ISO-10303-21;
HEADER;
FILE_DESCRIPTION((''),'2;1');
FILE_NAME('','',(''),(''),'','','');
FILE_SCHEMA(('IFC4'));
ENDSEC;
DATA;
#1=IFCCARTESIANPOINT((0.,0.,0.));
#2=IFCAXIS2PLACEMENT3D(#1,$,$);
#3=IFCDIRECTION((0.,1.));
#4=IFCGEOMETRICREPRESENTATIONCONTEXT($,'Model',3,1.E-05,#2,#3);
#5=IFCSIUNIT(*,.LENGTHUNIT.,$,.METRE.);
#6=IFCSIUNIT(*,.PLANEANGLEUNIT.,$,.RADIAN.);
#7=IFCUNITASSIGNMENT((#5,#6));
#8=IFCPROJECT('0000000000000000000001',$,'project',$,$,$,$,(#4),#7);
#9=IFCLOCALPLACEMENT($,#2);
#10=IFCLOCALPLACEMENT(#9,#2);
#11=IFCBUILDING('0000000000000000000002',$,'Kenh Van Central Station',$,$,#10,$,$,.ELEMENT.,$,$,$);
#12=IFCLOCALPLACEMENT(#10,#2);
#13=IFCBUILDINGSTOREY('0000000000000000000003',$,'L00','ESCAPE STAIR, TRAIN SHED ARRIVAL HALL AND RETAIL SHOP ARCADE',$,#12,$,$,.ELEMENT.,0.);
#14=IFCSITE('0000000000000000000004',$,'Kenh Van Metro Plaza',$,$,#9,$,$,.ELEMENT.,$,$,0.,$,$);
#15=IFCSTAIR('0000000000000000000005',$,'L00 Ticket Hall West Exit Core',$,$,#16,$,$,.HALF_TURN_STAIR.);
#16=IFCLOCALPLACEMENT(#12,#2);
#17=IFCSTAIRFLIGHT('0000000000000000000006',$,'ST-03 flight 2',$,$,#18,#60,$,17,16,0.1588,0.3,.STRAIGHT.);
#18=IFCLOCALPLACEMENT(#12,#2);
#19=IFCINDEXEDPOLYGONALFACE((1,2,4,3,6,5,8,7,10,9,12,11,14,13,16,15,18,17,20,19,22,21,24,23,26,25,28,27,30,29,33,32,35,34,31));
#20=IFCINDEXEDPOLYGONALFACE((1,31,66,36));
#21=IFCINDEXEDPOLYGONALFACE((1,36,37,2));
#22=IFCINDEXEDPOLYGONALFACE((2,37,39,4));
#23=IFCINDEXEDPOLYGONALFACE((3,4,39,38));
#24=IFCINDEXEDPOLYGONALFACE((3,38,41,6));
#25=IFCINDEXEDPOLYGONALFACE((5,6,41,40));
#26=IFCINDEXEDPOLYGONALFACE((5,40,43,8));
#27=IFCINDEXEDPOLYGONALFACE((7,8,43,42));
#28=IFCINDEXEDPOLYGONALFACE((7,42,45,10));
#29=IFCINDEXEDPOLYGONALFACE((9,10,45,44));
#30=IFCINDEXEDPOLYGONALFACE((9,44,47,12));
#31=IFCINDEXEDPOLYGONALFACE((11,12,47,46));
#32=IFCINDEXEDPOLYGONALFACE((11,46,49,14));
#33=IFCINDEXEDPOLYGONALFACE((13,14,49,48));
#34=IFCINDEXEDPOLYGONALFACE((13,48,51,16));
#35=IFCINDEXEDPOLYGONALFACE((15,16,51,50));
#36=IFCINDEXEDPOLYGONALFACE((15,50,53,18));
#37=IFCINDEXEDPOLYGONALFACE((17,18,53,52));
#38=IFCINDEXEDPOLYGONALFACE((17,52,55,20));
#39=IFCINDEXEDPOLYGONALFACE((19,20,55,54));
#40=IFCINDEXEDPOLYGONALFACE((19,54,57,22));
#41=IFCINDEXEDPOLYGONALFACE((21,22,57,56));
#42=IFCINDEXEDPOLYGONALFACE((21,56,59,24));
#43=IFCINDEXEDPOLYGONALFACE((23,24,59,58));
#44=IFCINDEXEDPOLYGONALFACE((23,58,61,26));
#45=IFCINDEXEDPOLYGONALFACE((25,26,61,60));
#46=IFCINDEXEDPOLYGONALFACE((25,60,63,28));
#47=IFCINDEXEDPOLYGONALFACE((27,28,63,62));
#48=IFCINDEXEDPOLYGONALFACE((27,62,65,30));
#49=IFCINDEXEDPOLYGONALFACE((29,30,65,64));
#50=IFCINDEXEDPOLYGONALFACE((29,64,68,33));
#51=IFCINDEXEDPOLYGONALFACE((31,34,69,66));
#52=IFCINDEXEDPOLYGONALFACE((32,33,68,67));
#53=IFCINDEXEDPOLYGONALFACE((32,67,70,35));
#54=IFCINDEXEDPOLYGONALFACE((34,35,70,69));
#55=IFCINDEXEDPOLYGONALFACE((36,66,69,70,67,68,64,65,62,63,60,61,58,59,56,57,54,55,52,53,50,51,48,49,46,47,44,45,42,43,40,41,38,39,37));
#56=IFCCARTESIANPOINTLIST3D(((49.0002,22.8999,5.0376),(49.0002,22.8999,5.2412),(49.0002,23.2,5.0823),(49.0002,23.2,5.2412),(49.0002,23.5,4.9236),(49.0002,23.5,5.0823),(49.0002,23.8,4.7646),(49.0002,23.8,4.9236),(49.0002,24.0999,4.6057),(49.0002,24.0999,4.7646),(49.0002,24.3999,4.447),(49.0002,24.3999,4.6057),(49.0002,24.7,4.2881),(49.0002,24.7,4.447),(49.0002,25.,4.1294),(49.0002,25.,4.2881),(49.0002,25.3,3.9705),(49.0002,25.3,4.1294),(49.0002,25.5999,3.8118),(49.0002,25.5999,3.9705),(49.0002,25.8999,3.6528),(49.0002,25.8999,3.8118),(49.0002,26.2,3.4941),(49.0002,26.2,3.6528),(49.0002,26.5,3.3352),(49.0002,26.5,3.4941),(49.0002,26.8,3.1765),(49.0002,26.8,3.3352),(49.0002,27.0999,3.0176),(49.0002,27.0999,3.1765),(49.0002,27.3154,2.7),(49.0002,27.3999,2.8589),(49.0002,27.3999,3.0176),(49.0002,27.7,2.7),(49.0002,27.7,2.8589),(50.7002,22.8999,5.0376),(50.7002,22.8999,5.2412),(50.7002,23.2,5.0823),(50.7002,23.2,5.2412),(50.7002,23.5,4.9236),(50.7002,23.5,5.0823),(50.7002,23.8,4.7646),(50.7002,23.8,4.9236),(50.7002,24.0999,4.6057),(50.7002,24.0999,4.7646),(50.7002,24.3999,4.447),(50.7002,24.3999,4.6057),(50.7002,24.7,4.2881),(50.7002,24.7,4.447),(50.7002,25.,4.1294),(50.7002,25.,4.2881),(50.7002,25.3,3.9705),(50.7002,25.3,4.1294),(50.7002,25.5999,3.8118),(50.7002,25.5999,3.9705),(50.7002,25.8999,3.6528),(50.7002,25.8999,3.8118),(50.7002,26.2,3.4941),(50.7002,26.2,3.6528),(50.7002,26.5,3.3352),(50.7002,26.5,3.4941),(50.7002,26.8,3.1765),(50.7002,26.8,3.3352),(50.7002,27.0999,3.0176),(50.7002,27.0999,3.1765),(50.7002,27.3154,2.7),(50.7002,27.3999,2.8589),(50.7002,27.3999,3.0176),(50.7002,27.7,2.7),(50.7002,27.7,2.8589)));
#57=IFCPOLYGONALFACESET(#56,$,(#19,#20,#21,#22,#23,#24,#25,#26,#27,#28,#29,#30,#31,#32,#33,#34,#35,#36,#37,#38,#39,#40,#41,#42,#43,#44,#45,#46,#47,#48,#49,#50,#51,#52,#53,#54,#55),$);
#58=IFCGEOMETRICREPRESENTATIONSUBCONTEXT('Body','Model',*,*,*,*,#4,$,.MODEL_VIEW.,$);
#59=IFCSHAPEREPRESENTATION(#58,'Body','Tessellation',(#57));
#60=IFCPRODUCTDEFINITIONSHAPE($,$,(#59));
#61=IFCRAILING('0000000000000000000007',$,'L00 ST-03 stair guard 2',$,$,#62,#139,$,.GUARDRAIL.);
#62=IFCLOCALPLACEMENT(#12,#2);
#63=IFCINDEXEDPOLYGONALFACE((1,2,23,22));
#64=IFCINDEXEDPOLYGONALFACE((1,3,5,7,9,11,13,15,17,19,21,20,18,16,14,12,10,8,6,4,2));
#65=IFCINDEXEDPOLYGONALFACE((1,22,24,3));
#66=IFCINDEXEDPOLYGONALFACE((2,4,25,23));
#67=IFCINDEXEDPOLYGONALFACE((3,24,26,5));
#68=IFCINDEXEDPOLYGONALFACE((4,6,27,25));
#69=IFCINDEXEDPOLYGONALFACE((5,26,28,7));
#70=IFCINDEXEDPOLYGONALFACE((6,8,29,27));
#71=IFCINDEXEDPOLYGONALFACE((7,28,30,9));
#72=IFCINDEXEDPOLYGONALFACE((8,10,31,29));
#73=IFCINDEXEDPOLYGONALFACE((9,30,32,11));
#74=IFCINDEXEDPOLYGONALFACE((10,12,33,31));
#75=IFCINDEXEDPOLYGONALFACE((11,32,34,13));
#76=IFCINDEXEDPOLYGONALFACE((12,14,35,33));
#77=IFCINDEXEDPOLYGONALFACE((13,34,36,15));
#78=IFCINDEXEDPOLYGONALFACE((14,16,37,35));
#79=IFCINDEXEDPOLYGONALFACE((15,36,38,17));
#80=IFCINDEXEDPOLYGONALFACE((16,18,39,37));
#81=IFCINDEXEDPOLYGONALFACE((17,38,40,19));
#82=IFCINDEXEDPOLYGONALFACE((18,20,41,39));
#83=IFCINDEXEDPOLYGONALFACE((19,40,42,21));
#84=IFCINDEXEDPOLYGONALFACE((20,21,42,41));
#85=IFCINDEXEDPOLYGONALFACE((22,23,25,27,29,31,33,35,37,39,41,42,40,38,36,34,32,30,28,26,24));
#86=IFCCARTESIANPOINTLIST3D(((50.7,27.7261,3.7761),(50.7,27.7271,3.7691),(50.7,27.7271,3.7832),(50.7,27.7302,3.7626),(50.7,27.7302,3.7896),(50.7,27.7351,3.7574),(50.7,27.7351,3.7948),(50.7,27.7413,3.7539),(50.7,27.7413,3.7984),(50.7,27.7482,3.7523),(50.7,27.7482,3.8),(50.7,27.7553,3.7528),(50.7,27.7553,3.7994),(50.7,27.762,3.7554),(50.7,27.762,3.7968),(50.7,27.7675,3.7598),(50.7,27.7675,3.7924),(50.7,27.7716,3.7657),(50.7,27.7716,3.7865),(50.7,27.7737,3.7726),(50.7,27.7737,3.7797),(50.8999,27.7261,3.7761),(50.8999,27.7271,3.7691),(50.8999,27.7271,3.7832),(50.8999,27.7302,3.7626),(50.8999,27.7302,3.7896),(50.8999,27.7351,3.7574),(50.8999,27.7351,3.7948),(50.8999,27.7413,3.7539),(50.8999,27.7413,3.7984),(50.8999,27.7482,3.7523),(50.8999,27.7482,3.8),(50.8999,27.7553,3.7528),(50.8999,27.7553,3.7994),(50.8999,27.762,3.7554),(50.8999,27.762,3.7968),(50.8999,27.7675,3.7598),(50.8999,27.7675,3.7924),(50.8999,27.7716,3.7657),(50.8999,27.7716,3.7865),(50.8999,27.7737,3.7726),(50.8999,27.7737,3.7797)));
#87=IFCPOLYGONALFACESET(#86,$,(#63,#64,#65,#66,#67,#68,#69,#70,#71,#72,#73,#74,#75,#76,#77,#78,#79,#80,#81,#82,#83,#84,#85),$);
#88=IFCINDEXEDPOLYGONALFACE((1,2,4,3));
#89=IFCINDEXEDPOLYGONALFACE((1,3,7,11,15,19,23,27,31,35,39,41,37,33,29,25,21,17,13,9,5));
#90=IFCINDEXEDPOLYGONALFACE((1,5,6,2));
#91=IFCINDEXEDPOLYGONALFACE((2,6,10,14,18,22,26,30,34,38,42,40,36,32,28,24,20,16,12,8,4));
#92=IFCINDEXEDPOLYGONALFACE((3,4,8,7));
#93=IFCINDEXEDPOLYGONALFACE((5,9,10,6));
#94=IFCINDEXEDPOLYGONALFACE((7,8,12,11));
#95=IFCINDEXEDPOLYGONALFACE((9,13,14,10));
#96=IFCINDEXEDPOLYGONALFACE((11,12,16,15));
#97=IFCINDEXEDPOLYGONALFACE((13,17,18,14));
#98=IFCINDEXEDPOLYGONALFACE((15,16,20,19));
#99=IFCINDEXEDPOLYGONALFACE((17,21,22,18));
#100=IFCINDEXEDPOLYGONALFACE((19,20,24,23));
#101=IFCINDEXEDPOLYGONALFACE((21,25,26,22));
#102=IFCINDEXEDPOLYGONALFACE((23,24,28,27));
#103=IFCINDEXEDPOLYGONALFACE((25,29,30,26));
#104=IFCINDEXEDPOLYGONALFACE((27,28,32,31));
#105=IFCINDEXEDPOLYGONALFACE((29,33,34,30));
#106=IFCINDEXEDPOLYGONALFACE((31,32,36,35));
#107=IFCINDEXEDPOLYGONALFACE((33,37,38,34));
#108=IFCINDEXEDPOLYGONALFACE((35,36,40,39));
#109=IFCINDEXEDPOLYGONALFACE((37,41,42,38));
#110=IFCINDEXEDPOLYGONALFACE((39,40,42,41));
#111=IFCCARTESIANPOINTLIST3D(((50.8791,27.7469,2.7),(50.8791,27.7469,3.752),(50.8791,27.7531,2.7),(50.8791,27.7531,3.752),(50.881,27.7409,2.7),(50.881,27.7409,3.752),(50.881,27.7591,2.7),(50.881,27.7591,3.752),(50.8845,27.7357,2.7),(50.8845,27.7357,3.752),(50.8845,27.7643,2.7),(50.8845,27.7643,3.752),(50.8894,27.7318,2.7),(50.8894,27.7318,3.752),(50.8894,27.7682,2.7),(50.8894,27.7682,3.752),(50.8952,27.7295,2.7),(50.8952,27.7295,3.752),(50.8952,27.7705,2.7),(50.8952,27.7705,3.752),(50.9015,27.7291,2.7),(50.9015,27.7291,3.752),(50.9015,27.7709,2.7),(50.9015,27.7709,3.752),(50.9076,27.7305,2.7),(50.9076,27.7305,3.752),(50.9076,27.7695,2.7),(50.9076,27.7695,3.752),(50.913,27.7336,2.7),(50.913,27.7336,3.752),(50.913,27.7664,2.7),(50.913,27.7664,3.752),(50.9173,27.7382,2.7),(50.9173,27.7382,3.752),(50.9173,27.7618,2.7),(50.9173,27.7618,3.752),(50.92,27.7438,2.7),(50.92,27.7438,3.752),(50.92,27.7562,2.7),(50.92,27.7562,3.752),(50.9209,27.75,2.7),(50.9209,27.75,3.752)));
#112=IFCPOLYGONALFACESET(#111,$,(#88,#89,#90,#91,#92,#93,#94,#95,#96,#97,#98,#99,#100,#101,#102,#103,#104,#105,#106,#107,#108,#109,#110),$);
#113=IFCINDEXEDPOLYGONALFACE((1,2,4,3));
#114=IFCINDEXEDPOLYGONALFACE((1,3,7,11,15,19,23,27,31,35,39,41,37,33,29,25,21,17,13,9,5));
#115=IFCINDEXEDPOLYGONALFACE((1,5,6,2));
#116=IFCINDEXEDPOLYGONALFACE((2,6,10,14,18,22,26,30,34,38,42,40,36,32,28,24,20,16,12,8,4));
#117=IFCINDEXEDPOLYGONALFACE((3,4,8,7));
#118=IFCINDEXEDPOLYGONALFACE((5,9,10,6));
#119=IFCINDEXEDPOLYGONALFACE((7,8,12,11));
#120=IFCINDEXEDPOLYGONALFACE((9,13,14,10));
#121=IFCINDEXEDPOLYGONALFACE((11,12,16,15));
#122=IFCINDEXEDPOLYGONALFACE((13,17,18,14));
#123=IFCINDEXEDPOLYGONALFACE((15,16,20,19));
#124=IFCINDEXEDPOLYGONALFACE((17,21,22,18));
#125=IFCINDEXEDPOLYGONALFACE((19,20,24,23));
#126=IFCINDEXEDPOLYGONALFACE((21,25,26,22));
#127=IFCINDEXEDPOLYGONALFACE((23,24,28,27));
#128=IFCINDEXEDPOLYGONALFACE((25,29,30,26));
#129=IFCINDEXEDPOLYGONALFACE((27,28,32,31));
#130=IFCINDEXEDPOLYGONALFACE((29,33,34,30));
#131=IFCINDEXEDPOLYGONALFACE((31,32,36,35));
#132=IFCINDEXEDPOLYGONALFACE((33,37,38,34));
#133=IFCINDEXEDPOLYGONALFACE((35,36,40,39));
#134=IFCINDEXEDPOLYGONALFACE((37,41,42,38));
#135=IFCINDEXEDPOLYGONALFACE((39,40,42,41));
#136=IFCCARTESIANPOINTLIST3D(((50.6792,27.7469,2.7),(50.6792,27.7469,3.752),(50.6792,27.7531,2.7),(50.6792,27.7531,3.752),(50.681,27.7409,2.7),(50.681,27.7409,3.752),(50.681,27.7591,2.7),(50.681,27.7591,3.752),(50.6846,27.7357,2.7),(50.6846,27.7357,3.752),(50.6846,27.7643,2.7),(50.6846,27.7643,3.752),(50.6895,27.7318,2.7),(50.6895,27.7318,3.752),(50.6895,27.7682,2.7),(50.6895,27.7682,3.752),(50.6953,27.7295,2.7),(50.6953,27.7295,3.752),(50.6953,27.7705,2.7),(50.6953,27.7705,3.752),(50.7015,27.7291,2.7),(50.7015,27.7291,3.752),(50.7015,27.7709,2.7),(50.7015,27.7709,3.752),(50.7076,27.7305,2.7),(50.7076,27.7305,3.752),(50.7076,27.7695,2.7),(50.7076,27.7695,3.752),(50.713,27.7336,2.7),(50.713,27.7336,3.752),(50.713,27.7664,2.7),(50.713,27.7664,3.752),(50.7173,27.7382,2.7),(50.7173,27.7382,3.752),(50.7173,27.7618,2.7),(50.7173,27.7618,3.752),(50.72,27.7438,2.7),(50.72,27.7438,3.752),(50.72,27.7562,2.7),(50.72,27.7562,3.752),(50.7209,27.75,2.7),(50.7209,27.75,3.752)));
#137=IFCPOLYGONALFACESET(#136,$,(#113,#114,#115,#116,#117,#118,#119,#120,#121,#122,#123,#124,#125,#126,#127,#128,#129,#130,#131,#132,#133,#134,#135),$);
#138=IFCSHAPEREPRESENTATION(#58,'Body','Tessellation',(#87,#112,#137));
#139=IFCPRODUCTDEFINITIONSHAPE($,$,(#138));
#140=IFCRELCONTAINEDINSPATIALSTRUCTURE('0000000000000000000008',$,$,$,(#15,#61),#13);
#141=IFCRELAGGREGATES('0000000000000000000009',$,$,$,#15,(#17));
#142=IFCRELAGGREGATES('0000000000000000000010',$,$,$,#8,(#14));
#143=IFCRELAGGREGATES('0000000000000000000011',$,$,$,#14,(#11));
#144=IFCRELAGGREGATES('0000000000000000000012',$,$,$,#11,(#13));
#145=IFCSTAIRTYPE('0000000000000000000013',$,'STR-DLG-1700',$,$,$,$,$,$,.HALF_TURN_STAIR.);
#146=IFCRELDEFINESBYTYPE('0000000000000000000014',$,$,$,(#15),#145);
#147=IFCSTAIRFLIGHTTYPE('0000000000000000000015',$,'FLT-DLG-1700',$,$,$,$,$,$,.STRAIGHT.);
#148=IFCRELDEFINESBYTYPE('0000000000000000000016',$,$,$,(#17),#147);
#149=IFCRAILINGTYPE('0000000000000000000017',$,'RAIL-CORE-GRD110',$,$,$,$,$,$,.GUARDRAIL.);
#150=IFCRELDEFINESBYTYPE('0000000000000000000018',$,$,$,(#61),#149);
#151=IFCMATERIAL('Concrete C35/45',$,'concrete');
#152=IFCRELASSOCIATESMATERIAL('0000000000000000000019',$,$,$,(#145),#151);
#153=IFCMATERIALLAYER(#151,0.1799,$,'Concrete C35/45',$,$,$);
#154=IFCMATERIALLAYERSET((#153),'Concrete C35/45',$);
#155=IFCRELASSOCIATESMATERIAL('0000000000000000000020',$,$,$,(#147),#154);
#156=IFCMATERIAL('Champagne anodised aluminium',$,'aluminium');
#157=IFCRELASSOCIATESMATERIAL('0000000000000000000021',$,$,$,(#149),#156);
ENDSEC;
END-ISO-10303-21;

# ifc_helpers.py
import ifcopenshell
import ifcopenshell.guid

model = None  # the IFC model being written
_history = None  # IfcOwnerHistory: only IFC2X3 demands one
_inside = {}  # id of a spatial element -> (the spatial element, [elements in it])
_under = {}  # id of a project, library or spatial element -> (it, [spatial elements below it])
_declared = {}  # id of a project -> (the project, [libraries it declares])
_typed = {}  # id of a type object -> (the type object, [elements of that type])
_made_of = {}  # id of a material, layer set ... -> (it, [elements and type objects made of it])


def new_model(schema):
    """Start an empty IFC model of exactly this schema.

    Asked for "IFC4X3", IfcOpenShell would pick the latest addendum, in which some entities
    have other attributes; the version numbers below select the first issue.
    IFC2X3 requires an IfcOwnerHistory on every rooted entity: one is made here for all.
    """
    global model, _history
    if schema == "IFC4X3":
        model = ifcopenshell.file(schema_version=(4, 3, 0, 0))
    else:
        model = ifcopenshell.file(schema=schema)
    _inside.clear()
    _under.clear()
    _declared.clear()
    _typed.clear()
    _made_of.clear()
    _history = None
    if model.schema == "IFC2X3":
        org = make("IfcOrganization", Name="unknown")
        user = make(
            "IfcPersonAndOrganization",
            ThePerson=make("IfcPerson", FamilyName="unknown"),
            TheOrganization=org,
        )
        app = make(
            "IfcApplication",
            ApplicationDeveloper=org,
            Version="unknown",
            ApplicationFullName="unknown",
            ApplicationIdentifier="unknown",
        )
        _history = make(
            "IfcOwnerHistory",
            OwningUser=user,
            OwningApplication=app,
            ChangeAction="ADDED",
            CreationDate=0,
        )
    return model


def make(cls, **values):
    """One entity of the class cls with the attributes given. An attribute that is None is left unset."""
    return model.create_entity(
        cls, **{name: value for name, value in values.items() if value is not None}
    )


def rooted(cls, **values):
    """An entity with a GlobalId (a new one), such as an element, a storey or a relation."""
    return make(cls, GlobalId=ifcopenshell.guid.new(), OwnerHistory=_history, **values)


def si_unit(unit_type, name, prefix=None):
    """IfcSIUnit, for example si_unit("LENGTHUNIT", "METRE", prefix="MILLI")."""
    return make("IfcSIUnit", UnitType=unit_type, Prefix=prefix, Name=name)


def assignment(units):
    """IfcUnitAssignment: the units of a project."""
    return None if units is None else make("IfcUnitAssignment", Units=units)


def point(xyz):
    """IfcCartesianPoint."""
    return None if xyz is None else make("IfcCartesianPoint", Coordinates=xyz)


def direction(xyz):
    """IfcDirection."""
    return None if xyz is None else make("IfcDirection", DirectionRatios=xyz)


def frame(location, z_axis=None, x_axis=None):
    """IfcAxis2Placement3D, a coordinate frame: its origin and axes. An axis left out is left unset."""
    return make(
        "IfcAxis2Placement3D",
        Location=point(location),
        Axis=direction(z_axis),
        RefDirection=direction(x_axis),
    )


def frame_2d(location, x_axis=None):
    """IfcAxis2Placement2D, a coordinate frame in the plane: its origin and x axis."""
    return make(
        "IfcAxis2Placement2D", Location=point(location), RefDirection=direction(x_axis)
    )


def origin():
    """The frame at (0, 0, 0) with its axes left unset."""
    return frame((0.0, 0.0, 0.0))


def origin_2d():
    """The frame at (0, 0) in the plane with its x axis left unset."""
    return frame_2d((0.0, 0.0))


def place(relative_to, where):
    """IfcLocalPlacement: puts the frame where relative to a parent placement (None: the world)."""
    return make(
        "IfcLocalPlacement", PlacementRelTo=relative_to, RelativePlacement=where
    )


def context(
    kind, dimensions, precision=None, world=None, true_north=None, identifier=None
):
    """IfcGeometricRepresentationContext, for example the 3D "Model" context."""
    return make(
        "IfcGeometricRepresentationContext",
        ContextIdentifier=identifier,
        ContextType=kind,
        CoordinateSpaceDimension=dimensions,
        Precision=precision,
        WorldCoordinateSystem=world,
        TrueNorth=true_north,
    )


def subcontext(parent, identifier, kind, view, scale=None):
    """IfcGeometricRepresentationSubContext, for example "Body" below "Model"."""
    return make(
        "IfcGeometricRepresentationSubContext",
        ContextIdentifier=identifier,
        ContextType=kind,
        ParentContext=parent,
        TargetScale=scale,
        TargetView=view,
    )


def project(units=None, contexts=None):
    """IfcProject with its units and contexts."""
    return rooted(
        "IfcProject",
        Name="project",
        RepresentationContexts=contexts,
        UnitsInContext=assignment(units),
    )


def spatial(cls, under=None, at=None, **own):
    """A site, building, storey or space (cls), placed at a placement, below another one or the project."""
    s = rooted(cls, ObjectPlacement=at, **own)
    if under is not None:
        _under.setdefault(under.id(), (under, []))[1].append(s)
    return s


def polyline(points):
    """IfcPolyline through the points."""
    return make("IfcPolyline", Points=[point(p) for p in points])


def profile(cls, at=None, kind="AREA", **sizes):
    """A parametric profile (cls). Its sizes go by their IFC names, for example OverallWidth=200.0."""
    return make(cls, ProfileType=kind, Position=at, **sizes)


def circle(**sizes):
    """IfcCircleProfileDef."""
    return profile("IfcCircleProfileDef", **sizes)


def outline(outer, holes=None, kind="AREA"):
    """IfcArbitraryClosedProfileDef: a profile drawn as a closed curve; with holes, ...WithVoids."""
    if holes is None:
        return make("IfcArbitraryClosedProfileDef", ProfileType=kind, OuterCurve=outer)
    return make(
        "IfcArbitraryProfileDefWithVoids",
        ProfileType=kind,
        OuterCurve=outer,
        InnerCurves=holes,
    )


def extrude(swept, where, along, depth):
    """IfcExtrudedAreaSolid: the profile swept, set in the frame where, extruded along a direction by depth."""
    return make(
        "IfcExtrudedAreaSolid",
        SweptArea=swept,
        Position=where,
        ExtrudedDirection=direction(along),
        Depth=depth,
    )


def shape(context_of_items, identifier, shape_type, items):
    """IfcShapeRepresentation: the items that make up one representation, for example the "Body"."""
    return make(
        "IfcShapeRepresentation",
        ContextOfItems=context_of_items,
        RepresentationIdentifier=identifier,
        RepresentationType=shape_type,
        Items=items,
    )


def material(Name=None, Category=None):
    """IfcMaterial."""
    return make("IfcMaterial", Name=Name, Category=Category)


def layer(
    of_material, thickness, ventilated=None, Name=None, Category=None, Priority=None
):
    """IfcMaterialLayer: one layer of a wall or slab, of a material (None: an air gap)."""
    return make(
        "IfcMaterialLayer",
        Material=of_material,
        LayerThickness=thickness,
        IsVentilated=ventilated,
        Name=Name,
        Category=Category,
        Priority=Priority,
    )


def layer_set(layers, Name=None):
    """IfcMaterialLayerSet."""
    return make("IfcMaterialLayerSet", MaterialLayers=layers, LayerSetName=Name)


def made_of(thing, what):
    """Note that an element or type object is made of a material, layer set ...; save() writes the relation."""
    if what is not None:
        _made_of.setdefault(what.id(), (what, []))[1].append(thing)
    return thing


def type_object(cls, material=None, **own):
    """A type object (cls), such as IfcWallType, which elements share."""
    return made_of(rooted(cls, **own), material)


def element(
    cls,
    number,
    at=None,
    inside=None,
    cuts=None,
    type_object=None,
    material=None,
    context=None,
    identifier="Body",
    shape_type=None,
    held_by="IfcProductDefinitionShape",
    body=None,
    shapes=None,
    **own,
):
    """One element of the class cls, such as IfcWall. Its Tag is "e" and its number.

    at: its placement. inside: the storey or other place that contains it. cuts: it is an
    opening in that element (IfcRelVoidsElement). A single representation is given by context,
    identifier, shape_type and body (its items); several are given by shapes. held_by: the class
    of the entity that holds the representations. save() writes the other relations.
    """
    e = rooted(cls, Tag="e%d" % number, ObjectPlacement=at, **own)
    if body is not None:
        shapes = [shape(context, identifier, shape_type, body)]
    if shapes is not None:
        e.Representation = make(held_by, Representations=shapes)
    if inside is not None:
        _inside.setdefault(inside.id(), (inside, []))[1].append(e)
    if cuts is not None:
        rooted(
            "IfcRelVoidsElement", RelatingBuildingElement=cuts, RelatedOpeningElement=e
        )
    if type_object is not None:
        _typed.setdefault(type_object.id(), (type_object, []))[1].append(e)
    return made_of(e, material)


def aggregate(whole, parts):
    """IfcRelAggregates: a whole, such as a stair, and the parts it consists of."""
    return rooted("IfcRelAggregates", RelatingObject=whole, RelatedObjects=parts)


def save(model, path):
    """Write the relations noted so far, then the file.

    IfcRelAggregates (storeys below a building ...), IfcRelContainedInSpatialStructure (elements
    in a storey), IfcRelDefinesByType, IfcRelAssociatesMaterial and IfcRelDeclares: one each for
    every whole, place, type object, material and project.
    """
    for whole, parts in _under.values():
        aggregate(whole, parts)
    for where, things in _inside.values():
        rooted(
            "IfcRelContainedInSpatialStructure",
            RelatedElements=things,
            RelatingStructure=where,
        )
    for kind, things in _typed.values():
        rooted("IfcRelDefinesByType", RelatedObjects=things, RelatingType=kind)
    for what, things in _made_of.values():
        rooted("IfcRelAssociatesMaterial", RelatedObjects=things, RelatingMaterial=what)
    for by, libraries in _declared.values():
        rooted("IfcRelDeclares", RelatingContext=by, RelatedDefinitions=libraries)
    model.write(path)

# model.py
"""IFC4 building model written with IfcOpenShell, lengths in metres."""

from ifc_helpers import new_model, si_unit, direction, frame, origin, origin_2d, place, context, subcontext, project, spatial, polyline, circle, outline, extrude, material, layer, layer_set, type_object, element, aggregate, save


model = new_model("IFC4")

# Units and contexts
model_context = context("Model", 3, precision=1e-05, world=origin(), true_north=direction((0.0, 1.0)))
body_context = subcontext(model_context, "Body", "Model", "MODEL_VIEW")
ifc_project = project(units=[si_unit("LENGTHUNIT", "METRE"), si_unit("PLANEANGLEUNIT", "RADIAN")], contexts=[model_context])

# Site, building, storey
site_placement = place(None, origin())
site = spatial("IfcSite", under=ifc_project, at=site_placement, Name="Kenh Van Metro Plaza", CompositionType="ELEMENT", RefElevation=0.0)
building_placement = place(site_placement, origin())
building = spatial("IfcBuilding", under=site, at=building_placement, Name="Kenh Van Central Station", CompositionType="ELEMENT")
storey_placement = place(building_placement, origin())
storey = spatial("IfcBuildingStorey", under=building, at=storey_placement, Name="L00", Description="ESCAPE STAIR, TRAIN SHED ARRIVAL HALL AND RETAIL SHOP ARCADE", CompositionType="ELEMENT", Elevation=0.0)

# Shared definitions
ifc_material_1 = material(Name="Concrete C35/45", Category="concrete")

# Stair, stair flight
stair_type = type_object("IfcStairType", Name="STR-DLG-1700", PredefinedType="HALF_TURN_STAIR", material=ifc_material_1)
stair_placement = place(storey_placement, origin())
stair = element("IfcStair", 1, at=stair_placement, inside=storey, type_object=stair_type, Name="L00 Ticket Hall West Exit Core", PredefinedType="HALF_TURN_STAIR")
ifc_layer_1 = layer(ifc_material_1, 0.1799, Name="Concrete C35/45")
ifc_layer_set_1 = layer_set([ifc_layer_1], Name="Concrete C35/45")
stair_flight_type = type_object("IfcStairFlightType", Name="FLT-DLG-1700", PredefinedType="STRAIGHT", material=ifc_layer_set_1)
stair_flight_placement = place(storey_placement, frame((49.8501, 27.7, 2.7), z_axis=(0.0, 0.0, 1.0), x_axis=(0.0, -1.0, 0.0)))
stair_flight = element("IfcStairFlight", 2, at=stair_flight_placement, type_object=stair_flight_type, Name="ST-03 flight 2", NumberOfRisers=17, NumberOfTreads=16, PredefinedType="STRAIGHT", RiserHeight=0.1588, TreadLength=0.3, context=body_context, shape_type="SweptSolid", body=[
    extrude(outline(polyline([(0.0, 0.0), (0.0, 0.1589), (0.3, 0.1589), (0.3, 0.3176), (0.6001, 0.3176), (0.6001, 0.4766), (0.8999, 0.4766), (0.8999, 0.6353), (1.2, 0.6353), (1.2, 0.7942), (1.5, 0.7942), (1.5, 0.9529), (1.8, 0.9529), (1.8, 1.1118), (2.1001, 1.1118), (2.1001, 1.2705), (2.3999, 1.2705), (2.3999, 1.4294), (2.7, 1.4294), (2.7, 1.5881), (3.0, 1.5881), (3.0, 1.7471), (3.3, 1.7471), (3.3, 1.9058), (3.6001, 1.9058), (3.6001, 2.0647), (3.8999, 2.0647), (3.8999, 2.2236), (4.2, 2.2236), (4.2, 2.3823), (4.5, 2.3823), (4.5, 2.5413), (4.8, 2.5413), (4.8, 2.7), (4.8, 2.3376), (0.3845, 0.0), (0.0, 0.0)])), frame((0.0, 0.8501, 0.0), z_axis=(0.0, -1.0, 0.0), x_axis=(1.0, 0.0, 0.0)), (0.0, 0.0, 1.0), 1.7),
])
aggregate(stair, [stair_flight])

# Railing
ifc_material_2 = material(Name="Champagne anodised aluminium", Category="aluminium")
railing_type_1 = type_object("IfcRailingType", Name="RAIL-CORE-GRD110", PredefinedType="GUARDRAIL", material=ifc_material_2)
railing_1_placement = place(storey_placement, frame((50.8999, 27.75, 2.7)))
element("IfcRailing", 3, at=railing_1_placement, inside=storey, type_object=railing_type_1, Name="L00 ST-03 stair guard 2", PredefinedType="GUARDRAIL", context=body_context, shape_type="SweptSolid", body=[
    extrude(circle(Radius=0.0239, at=origin_2d()), frame((0.0, 0.0, 1.0762), z_axis=(-1.0, 0.0, 0.0), x_axis=(0.0, -1.0, 0.0)), (0.0, 0.0, 1.0), 0.2),
    extrude(circle(Radius=0.021, at=origin_2d()), origin(), (0.0, 0.0, 1.0), 1.052),
    extrude(circle(Radius=0.021, at=origin_2d()), frame((-0.2, 0.0, 0.0)), (0.0, 0.0, 1.0), 1.052),
])

save(model, "model.ifc")
